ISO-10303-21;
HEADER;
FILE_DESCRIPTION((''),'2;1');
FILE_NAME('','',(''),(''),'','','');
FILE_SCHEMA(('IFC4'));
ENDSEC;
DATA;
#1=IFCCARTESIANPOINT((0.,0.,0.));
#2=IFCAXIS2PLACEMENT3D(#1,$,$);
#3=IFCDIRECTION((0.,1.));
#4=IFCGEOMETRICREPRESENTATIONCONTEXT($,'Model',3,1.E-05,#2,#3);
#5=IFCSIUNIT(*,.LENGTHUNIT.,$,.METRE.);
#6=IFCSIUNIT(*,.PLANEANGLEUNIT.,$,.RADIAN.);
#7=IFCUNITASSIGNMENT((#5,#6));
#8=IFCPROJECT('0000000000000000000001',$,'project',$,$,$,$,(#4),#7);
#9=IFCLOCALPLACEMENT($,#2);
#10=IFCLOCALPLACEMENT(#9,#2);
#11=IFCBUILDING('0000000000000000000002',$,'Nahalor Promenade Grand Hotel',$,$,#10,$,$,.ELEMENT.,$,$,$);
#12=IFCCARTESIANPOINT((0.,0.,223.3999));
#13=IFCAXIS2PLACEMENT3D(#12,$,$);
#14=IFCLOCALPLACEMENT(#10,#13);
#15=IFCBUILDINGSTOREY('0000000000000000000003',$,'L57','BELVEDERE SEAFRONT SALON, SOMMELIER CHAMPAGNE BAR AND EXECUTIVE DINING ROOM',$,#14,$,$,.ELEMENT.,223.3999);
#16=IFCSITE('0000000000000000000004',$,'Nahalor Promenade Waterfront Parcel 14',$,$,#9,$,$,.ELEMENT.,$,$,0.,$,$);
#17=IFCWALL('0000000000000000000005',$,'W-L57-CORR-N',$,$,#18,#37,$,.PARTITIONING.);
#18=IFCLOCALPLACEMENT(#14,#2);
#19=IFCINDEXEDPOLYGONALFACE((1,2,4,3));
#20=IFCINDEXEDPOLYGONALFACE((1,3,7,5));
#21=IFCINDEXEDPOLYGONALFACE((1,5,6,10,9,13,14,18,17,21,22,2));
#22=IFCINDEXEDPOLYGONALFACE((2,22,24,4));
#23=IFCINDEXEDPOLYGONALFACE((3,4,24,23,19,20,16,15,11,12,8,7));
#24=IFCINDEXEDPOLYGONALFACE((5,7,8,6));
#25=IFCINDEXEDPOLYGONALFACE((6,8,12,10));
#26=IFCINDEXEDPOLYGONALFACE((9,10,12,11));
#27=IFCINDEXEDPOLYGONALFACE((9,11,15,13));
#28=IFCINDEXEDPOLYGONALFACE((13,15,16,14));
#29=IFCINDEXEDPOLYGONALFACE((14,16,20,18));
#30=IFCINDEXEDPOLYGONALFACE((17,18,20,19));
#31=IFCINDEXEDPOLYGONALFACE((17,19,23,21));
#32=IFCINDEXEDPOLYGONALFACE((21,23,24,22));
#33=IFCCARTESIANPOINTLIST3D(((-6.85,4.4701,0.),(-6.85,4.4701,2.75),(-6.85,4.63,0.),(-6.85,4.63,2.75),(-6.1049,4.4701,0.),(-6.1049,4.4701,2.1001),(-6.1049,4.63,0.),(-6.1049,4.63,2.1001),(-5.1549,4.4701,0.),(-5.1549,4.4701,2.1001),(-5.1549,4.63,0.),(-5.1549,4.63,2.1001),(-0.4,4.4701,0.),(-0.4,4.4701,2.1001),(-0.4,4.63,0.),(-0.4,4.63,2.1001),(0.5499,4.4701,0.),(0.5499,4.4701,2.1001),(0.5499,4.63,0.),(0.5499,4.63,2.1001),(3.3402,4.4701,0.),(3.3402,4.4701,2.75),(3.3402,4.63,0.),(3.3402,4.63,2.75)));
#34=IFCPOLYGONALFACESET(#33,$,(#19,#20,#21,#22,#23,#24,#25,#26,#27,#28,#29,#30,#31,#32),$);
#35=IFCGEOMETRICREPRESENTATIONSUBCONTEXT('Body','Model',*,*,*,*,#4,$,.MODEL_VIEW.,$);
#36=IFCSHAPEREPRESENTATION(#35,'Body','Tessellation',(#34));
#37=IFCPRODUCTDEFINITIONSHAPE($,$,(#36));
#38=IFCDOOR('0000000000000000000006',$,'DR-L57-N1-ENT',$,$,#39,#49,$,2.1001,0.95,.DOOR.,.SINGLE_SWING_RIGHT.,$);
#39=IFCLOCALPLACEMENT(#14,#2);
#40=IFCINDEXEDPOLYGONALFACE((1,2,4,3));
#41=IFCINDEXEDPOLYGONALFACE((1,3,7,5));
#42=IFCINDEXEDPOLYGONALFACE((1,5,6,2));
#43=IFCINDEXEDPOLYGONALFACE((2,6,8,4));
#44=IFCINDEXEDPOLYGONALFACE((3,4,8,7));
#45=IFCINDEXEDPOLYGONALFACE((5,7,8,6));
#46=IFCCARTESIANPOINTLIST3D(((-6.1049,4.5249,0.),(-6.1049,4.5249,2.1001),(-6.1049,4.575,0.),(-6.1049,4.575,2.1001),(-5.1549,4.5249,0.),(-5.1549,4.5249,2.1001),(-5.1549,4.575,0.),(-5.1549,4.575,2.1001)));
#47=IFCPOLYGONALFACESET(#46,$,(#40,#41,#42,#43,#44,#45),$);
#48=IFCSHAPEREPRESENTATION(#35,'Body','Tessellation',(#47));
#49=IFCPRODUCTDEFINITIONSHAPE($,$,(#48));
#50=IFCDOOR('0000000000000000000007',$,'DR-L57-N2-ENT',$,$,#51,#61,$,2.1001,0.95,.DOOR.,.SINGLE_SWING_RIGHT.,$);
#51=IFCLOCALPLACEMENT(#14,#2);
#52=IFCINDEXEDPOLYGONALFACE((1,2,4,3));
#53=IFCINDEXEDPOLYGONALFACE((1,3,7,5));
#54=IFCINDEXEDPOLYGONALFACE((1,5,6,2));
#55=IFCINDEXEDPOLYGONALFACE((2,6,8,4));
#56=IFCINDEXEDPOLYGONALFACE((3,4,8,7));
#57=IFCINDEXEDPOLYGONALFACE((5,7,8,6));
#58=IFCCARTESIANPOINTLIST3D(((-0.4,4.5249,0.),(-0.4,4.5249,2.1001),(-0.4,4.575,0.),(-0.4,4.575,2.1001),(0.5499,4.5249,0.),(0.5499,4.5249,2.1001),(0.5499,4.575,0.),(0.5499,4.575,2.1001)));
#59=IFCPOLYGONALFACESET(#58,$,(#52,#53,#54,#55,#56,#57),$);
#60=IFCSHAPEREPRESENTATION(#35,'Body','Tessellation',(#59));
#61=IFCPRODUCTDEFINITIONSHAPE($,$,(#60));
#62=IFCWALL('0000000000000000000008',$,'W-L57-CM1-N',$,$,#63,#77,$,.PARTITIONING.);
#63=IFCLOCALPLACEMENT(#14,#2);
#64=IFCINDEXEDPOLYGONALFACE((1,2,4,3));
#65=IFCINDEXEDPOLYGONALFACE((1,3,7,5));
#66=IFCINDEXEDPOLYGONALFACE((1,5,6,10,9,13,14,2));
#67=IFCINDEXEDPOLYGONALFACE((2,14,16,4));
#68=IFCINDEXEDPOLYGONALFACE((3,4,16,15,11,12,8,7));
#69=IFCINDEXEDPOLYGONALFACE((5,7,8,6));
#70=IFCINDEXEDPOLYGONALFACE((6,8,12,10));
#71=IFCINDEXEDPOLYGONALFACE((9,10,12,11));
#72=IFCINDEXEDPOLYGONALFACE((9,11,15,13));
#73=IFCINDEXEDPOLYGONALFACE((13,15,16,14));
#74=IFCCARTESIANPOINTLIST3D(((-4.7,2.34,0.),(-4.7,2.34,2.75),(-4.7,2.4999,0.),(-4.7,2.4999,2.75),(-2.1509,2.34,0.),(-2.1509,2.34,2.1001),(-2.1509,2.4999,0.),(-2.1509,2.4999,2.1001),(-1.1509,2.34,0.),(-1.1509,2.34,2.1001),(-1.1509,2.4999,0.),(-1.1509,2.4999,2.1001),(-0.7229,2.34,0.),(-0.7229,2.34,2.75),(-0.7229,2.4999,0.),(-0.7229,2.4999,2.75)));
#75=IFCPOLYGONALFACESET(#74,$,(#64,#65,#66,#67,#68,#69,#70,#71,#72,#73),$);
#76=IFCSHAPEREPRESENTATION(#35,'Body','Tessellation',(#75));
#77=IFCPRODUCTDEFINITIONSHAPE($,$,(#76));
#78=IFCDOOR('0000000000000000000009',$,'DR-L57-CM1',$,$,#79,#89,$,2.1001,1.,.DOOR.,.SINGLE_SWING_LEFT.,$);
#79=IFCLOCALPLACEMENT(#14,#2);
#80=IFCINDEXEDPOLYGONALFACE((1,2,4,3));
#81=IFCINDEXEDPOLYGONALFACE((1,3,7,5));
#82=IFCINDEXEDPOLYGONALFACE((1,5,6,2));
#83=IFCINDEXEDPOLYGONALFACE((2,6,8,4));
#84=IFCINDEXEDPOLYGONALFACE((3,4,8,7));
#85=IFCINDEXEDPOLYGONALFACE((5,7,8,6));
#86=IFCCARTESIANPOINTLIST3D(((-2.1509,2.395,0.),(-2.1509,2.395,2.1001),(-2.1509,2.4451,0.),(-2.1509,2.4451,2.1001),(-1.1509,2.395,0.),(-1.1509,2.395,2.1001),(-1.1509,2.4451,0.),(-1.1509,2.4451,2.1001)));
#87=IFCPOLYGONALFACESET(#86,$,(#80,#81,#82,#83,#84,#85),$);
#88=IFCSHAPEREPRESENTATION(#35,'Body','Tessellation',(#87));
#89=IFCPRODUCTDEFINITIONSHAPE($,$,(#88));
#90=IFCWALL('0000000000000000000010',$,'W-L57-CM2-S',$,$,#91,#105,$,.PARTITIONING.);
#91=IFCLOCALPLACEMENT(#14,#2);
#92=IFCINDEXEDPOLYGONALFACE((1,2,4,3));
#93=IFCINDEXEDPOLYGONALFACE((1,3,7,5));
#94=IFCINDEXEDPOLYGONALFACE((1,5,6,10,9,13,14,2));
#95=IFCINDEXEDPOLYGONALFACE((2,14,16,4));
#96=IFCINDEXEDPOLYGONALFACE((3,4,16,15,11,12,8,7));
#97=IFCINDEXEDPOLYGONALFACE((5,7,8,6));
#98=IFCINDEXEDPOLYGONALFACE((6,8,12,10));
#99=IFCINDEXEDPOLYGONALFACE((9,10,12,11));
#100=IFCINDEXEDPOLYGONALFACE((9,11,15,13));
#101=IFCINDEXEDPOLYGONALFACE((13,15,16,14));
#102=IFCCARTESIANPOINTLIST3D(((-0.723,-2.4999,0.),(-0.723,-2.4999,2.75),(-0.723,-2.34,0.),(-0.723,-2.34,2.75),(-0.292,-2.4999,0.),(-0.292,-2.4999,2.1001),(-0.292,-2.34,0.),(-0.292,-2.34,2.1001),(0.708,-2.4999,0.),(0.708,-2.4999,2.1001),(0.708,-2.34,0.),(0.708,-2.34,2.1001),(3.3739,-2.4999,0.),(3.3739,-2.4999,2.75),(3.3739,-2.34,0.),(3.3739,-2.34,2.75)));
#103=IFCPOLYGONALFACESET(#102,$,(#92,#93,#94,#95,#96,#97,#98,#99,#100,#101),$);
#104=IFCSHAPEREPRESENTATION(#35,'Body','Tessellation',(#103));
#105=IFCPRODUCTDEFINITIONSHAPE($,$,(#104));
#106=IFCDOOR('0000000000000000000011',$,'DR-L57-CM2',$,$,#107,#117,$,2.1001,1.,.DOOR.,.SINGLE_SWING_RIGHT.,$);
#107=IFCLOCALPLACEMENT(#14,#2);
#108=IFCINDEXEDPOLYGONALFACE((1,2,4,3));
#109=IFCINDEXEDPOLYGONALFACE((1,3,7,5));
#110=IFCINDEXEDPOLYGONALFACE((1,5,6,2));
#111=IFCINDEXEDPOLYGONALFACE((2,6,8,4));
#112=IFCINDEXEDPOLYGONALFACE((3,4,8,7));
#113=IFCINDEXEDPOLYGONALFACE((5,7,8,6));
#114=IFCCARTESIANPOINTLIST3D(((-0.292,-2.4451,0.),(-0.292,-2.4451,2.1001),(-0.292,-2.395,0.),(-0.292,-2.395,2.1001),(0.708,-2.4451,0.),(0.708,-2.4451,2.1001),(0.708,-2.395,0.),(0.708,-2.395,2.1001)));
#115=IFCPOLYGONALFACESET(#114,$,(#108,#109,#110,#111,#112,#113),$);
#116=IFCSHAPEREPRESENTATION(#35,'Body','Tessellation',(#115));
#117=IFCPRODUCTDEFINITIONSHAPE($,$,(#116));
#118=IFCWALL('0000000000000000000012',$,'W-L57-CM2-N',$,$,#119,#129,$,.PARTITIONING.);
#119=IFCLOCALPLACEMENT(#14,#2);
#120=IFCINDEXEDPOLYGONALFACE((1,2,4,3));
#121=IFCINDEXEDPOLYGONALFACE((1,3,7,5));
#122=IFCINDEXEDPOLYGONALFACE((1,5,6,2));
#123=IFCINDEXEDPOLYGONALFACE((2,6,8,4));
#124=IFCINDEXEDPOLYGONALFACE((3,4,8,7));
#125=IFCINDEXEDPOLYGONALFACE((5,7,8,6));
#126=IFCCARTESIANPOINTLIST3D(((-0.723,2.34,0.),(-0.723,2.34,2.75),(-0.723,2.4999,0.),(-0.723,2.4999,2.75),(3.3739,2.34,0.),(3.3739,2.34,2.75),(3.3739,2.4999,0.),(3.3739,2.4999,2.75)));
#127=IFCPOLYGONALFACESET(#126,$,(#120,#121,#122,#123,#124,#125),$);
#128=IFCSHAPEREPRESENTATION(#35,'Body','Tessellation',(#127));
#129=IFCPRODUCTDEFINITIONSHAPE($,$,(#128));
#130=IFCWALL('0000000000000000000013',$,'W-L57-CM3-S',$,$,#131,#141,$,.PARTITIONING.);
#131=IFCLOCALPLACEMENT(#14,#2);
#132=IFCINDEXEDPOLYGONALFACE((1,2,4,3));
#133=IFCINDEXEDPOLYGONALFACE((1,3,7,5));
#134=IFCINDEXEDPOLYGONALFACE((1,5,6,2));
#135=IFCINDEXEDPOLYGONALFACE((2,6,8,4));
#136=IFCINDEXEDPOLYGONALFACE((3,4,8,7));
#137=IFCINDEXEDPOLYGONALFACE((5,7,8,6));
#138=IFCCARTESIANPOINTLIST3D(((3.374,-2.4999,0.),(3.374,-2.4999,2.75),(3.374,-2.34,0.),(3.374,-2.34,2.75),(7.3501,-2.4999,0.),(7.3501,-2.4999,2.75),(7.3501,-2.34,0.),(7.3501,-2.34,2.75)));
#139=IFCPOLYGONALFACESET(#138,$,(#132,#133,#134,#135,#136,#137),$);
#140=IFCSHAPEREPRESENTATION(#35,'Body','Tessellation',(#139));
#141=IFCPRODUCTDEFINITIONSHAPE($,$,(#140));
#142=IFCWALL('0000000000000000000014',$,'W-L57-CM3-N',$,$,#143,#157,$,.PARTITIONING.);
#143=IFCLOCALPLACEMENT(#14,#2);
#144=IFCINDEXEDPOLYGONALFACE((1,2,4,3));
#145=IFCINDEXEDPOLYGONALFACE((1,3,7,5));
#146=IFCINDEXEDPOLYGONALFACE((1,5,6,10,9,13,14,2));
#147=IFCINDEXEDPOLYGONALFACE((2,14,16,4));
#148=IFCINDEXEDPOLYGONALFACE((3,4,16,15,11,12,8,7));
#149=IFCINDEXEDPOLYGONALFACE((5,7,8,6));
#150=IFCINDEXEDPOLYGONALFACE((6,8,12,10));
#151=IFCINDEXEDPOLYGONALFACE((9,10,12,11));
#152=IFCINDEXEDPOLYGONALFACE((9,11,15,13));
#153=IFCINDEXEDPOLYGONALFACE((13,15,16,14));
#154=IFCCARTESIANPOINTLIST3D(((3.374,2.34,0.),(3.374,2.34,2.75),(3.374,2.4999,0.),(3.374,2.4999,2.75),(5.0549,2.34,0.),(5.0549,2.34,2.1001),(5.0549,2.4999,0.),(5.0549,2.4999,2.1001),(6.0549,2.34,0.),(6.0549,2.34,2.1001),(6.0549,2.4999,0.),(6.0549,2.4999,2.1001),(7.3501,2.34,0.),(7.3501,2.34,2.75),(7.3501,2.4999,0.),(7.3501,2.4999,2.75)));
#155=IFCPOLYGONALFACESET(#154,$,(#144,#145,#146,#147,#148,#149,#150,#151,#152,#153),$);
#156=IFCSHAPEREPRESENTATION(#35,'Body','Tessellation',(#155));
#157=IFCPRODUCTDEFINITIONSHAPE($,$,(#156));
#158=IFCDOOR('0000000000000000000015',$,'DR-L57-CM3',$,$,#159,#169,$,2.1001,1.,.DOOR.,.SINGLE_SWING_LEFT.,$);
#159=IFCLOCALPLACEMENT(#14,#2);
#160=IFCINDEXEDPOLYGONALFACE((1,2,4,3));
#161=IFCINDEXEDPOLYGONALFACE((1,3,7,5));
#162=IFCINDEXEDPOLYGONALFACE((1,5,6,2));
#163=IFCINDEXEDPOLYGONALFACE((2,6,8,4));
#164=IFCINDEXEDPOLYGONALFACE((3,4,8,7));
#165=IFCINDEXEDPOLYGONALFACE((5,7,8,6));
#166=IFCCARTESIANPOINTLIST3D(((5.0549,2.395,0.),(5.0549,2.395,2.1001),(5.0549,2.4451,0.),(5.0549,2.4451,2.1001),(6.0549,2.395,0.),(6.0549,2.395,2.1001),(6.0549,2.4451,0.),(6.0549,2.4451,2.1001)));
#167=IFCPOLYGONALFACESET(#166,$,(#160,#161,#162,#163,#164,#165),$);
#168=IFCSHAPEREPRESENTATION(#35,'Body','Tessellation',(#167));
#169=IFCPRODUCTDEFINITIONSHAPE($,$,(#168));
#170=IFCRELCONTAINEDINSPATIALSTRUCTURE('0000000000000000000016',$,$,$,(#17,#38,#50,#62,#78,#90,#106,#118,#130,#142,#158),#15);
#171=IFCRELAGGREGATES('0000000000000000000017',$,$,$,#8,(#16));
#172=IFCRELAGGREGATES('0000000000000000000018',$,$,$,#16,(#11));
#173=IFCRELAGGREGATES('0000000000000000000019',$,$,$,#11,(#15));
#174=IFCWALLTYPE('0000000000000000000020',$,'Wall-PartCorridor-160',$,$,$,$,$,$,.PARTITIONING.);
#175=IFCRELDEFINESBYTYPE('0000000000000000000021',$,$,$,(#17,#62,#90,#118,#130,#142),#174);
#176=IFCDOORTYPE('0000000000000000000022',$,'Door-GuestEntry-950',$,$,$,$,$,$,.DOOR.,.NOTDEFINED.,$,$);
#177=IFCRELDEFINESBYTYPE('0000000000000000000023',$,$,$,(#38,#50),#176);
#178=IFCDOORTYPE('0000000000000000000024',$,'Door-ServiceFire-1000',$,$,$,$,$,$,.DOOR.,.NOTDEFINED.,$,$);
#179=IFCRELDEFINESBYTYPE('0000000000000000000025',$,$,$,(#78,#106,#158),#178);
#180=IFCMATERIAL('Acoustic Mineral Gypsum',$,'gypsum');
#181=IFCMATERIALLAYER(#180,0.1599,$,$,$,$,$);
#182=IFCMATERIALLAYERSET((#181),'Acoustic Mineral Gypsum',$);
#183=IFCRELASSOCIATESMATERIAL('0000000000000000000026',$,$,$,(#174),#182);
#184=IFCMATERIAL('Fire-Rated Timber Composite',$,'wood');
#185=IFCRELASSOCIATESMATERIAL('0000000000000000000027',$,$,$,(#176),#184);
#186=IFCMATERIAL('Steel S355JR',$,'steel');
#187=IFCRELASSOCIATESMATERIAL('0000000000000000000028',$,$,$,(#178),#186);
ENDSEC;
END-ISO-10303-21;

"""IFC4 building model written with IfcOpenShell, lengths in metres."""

from ifc_helpers import new_model, si_unit, direction, frame, frame_2d, origin, place, context, subcontext, project, spatial, rectangle, extrude, source, transform, mapped, material, layer, layer_set, type_object, element, fill, save


model = new_model("IFC4")

# Units and contexts
model_context = context("Model", 3, precision=1e-05, world=origin(), true_north=direction((0.0, 1.0)))
body_context = subcontext(model_context, "Body", "Model", "MODEL_VIEW")
ifc_project = project(units=[si_unit("LENGTHUNIT", "METRE"), si_unit("PLANEANGLEUNIT", "RADIAN")], contexts=[model_context])

# Site, building, storey
site_placement = place(None, origin())
site = spatial("IfcSite", under=ifc_project, at=site_placement, Name="Nahalor Promenade Waterfront Parcel 14", CompositionType="ELEMENT", RefElevation=0.0)
building_placement = place(site_placement, origin())
building = spatial("IfcBuilding", under=site, at=building_placement, Name="Nahalor Promenade Grand Hotel", CompositionType="ELEMENT")
storey_placement = place(building_placement, frame((0.0, 0.0, 223.3999)))
storey = spatial("IfcBuildingStorey", under=building, at=storey_placement, Name="L57", Description="BELVEDERE SEAFRONT SALON, SOMMELIER CHAMPAGNE BAR AND EXECUTIVE DINING ROOM", CompositionType="ELEMENT", Elevation=223.3999)

# Shared definitions
ifc_material_1 = material(Name="Steel S355JR", Category="steel")

# Shared definitions
ifc_material_2 = material(Name="Acoustic Mineral Gypsum", Category="gypsum")
ifc_layer_1 = layer(ifc_material_2, 0.1599)
ifc_layer_set_1 = layer_set([ifc_layer_1], Name="Acoustic Mineral Gypsum")
wall_type_1 = type_object("IfcWallType", Name="Wall-PartCorridor-160", PredefinedType="PARTITIONING", material=ifc_layer_set_1)

# Shared definitions
ifc_material_3 = material(Name="Fire-Rated Timber Composite", Category="wood")

# Wall, openings, doors
shared_shape_1 = source(origin(), body_context, "Body", "SweptSolid", [
    extrude(rectangle(XDim=10.1902, YDim=0.1599, at=frame_2d((5.0952, 0.0))), origin(), (0.0, 0.0, 1.0), 2.75),
])
wall_1_placement = place(storey_placement, frame((-6.8501, 4.55, 0.0), z_axis=(0.0, 0.0, 1.0), x_axis=(1.0, 0.0, 0.0)))
wall_1 = element("IfcWall", 1, at=wall_1_placement, inside=storey, type_object=wall_type_1, Name="W-L57-CORR-N", PredefinedType="PARTITIONING", context=body_context, shape_type="MappedRepresentation", body=[
    mapped(shared_shape_1, transform((0.0, 0.0, 0.0), scale=1.0)),
])
opening_1_placement = place(wall_1_placement, frame((0.7451, 0.0, 0.0)))
opening_1 = element("IfcOpeningElement", 2, at=opening_1_placement, cuts=wall_1, PredefinedType="OPENING", context=body_context, shape_type="SweptSolid", body=[
    extrude(rectangle(XDim=0.95, YDim=2.1001, at=frame_2d((0.4751, 1.05))), frame((0.0, 0.0898, 0.0), z_axis=(0.0, -1.0, 0.0), x_axis=(1.0, 0.0, 0.0)), (0.0, 0.0, 1.0), 0.1799),
])
opening_2_placement = place(wall_1_placement, frame((6.45, 0.0, 0.0)))
opening_2 = element("IfcOpeningElement", 3, at=opening_2_placement, cuts=wall_1, PredefinedType="OPENING", context=body_context, shape_type="SweptSolid", body=[
    extrude(rectangle(XDim=0.95, YDim=2.1001, at=frame_2d((0.4751, 1.05))), frame((0.0, 0.0898, 0.0), z_axis=(0.0, -1.0, 0.0), x_axis=(1.0, 0.0, 0.0)), (0.0, 0.0, 1.0), 0.1799),
])
door_type_1 = type_object("IfcDoorType", Name="Door-GuestEntry-950", OperationType="NOTDEFINED", PredefinedType="DOOR", material=ifc_material_3)
shared_shape_2 = source(origin(), body_context, "Body", "SweptSolid", [
    extrude(rectangle(XDim=0.95, YDim=2.1001, at=frame_2d((0.4751, 1.05))), frame((0.0, 0.0249, 0.0), z_axis=(0.0, -1.0, 0.0), x_axis=(1.0, 0.0, 0.0)), (0.0, 0.0, 1.0), 0.05),
])
door_1_placement = place(opening_1_placement, origin())
door_1 = element("IfcDoor", 4, at=door_1_placement, inside=storey, type_object=door_type_1, Name="DR-L57-N1-ENT", OperationType="SINGLE_SWING_RIGHT", OverallHeight=2.1001, OverallWidth=0.95, PredefinedType="DOOR", context=body_context, shape_type="MappedRepresentation", body=[
    mapped(shared_shape_2, transform((0.0, 0.0, 0.0), scale=1.0)),
])
fill(opening_1, door_1)
door_2_placement = place(opening_2_placement, origin())
door_2 = element("IfcDoor", 5, at=door_2_placement, inside=storey, type_object=door_type_1, Name="DR-L57-N2-ENT", OperationType="SINGLE_SWING_RIGHT", OverallHeight=2.1001, OverallWidth=0.95, PredefinedType="DOOR", context=body_context, shape_type="MappedRepresentation", body=[
    mapped(shared_shape_2, transform((0.0, 0.0, 0.0), scale=1.0)),
])
fill(opening_2, door_2)

# Walls, openings, doors
shared_shape_3 = source(origin(), body_context, "Body", "SweptSolid", [
    extrude(rectangle(XDim=3.9771, YDim=0.1599, at=frame_2d((1.9885, 0.0))), origin(), (0.0, 0.0, 1.0), 2.75),
])
wall_2_placement = place(storey_placement, frame((-4.7, 2.4199, 0.0), z_axis=(0.0, 0.0, 1.0), x_axis=(1.0, 0.0, 0.0)))
wall_2 = element("IfcWall", 6, at=wall_2_placement, inside=storey, type_object=wall_type_1, Name="W-L57-CM1-N", PredefinedType="PARTITIONING", context=body_context, shape_type="MappedRepresentation", body=[
    mapped(shared_shape_3, transform((0.0, 0.0, 0.0), scale=1.0)),
])
opening_3_placement = place(wall_2_placement, frame((2.5491, 0.0, 0.0)))
opening_3 = element("IfcOpeningElement", 7, at=opening_3_placement, cuts=wall_2, PredefinedType="OPENING", context=body_context, shape_type="SweptSolid", body=[
    extrude(rectangle(XDim=1.0, YDim=2.1001, at=frame_2d((0.5, 1.05))), frame((0.0, 0.0898, 0.0), z_axis=(0.0, -1.0, 0.0), x_axis=(1.0, 0.0, 0.0)), (0.0, 0.0, 1.0), 0.1799),
])
door_type_2 = type_object("IfcDoorType", Name="Door-ServiceFire-1000", OperationType="NOTDEFINED", PredefinedType="DOOR", material=ifc_material_1)
shared_shape_4 = source(origin(), body_context, "Body", "SweptSolid", [
    extrude(rectangle(XDim=1.0, YDim=2.1001, at=frame_2d((0.5, 1.05))), frame((0.0, 0.0249, 0.0), z_axis=(0.0, -1.0, 0.0), x_axis=(1.0, 0.0, 0.0)), (0.0, 0.0, 1.0), 0.05),
])
door_3_placement = place(opening_3_placement, frame((1.0, 0.0, 0.0), z_axis=(0.0, 0.0, 1.0), x_axis=(-1.0, 0.0, 0.0)))
door_3 = element("IfcDoor", 8, at=door_3_placement, inside=storey, type_object=door_type_2, Name="DR-L57-CM1", OperationType="SINGLE_SWING_LEFT", OverallHeight=2.1001, OverallWidth=1.0, PredefinedType="DOOR", context=body_context, shape_type="MappedRepresentation", body=[
    mapped(shared_shape_4, transform((0.0, 0.0, 0.0), scale=1.0)),
])
fill(opening_3, door_3)
shared_shape_5 = source(origin(), body_context, "Body", "SweptSolid", [
    extrude(rectangle(XDim=4.0969, YDim=0.1599, at=frame_2d((2.0483, 0.0))), origin(), (0.0, 0.0, 1.0), 2.75),
])
wall_3_placement = place(storey_placement, frame((-0.7229, -2.4199, 0.0), z_axis=(0.0, 0.0, 1.0), x_axis=(1.0, 0.0, 0.0)))
wall_3 = element("IfcWall", 9, at=wall_3_placement, inside=storey, type_object=wall_type_1, Name="W-L57-CM2-S", PredefinedType="PARTITIONING", context=body_context, shape_type="MappedRepresentation", body=[
    mapped(shared_shape_5, transform((0.0, 0.0, 0.0), scale=1.0)),
])
opening_4_placement = place(wall_3_placement, frame((0.4309, 0.0, 0.0)))
opening_4 = element("IfcOpeningElement", 10, at=opening_4_placement, cuts=wall_3, PredefinedType="OPENING", context=body_context, shape_type="SweptSolid", body=[
    extrude(rectangle(XDim=1.0, YDim=2.1001, at=frame_2d((0.5, 1.05))), frame((0.0, 0.0898, 0.0), z_axis=(0.0, -1.0, 0.0), x_axis=(1.0, 0.0, 0.0)), (0.0, 0.0, 1.0), 0.1799),
])
door_4_placement = place(opening_4_placement, origin())
door_4 = element("IfcDoor", 11, at=door_4_placement, inside=storey, type_object=door_type_2, Name="DR-L57-CM2", OperationType="SINGLE_SWING_RIGHT", OverallHeight=2.1001, OverallWidth=1.0, PredefinedType="DOOR", context=body_context, shape_type="MappedRepresentation", body=[
    mapped(shared_shape_4, transform((0.0, 0.0, 0.0), scale=1.0)),
])
fill(opening_4, door_4)

# Walls
wall_4_placement = place(storey_placement, frame((-0.7229, 2.4199, 0.0), z_axis=(0.0, 0.0, 1.0), x_axis=(1.0, 0.0, 0.0)))
element("IfcWall", 12, at=wall_4_placement, inside=storey, type_object=wall_type_1, Name="W-L57-CM2-N", PredefinedType="PARTITIONING", context=body_context, shape_type="MappedRepresentation", body=[
    mapped(shared_shape_5, transform((0.0, 0.0, 0.0), scale=1.0)),
])
shared_shape_6 = source(origin(), body_context, "Body", "SweptSolid", [
    extrude(rectangle(XDim=3.9761, YDim=0.1599, at=frame_2d((1.988, 0.0))), origin(), (0.0, 0.0, 1.0), 2.75),
])
wall_5_placement = place(storey_placement, frame((3.374, -2.4199, 0.0), z_axis=(0.0, 0.0, 1.0), x_axis=(1.0, 0.0, 0.0)))
element("IfcWall", 13, at=wall_5_placement, inside=storey, type_object=wall_type_1, Name="W-L57-CM3-S", PredefinedType="PARTITIONING", context=body_context, shape_type="MappedRepresentation", body=[
    mapped(shared_shape_6, transform((0.0, 0.0, 0.0), scale=1.0)),
])

# Wall, opening, door
wall_6_placement = place(storey_placement, frame((3.374, 2.4199, 0.0), z_axis=(0.0, 0.0, 1.0), x_axis=(1.0, 0.0, 0.0)))
wall_6 = element("IfcWall", 14, at=wall_6_placement, inside=storey, type_object=wall_type_1, Name="W-L57-CM3-N", PredefinedType="PARTITIONING", context=body_context, shape_type="MappedRepresentation", body=[
    mapped(shared_shape_6, transform((0.0, 0.0, 0.0), scale=1.0)),
])
opening_5_placement = place(wall_6_placement, frame((1.6809, 0.0, 0.0)))
opening_5 = element("IfcOpeningElement", 15, at=opening_5_placement, cuts=wall_6, PredefinedType="OPENING", context=body_context, shape_type="SweptSolid", body=[
    extrude(rectangle(XDim=1.0, YDim=2.1001, at=frame_2d((0.5, 1.05))), frame((0.0, 0.0898, 0.0), z_axis=(0.0, -1.0, 0.0), x_axis=(1.0, 0.0, 0.0)), (0.0, 0.0, 1.0), 0.1799),
])
door_5_placement = place(opening_5_placement, frame((1.0, 0.0, 0.0), z_axis=(0.0, 0.0, 1.0), x_axis=(-1.0, 0.0, 0.0)))
door_5 = element("IfcDoor", 16, at=door_5_placement, inside=storey, type_object=door_type_2, Name="DR-L57-CM3", OperationType="SINGLE_SWING_LEFT", OverallHeight=2.1001, OverallWidth=1.0, PredefinedType="DOOR", context=body_context, shape_type="MappedRepresentation", body=[
    mapped(shared_shape_4, transform((0.0, 0.0, 0.0), scale=1.0)),
])
fill(opening_5, door_5)

save(model, "model.ifc")
